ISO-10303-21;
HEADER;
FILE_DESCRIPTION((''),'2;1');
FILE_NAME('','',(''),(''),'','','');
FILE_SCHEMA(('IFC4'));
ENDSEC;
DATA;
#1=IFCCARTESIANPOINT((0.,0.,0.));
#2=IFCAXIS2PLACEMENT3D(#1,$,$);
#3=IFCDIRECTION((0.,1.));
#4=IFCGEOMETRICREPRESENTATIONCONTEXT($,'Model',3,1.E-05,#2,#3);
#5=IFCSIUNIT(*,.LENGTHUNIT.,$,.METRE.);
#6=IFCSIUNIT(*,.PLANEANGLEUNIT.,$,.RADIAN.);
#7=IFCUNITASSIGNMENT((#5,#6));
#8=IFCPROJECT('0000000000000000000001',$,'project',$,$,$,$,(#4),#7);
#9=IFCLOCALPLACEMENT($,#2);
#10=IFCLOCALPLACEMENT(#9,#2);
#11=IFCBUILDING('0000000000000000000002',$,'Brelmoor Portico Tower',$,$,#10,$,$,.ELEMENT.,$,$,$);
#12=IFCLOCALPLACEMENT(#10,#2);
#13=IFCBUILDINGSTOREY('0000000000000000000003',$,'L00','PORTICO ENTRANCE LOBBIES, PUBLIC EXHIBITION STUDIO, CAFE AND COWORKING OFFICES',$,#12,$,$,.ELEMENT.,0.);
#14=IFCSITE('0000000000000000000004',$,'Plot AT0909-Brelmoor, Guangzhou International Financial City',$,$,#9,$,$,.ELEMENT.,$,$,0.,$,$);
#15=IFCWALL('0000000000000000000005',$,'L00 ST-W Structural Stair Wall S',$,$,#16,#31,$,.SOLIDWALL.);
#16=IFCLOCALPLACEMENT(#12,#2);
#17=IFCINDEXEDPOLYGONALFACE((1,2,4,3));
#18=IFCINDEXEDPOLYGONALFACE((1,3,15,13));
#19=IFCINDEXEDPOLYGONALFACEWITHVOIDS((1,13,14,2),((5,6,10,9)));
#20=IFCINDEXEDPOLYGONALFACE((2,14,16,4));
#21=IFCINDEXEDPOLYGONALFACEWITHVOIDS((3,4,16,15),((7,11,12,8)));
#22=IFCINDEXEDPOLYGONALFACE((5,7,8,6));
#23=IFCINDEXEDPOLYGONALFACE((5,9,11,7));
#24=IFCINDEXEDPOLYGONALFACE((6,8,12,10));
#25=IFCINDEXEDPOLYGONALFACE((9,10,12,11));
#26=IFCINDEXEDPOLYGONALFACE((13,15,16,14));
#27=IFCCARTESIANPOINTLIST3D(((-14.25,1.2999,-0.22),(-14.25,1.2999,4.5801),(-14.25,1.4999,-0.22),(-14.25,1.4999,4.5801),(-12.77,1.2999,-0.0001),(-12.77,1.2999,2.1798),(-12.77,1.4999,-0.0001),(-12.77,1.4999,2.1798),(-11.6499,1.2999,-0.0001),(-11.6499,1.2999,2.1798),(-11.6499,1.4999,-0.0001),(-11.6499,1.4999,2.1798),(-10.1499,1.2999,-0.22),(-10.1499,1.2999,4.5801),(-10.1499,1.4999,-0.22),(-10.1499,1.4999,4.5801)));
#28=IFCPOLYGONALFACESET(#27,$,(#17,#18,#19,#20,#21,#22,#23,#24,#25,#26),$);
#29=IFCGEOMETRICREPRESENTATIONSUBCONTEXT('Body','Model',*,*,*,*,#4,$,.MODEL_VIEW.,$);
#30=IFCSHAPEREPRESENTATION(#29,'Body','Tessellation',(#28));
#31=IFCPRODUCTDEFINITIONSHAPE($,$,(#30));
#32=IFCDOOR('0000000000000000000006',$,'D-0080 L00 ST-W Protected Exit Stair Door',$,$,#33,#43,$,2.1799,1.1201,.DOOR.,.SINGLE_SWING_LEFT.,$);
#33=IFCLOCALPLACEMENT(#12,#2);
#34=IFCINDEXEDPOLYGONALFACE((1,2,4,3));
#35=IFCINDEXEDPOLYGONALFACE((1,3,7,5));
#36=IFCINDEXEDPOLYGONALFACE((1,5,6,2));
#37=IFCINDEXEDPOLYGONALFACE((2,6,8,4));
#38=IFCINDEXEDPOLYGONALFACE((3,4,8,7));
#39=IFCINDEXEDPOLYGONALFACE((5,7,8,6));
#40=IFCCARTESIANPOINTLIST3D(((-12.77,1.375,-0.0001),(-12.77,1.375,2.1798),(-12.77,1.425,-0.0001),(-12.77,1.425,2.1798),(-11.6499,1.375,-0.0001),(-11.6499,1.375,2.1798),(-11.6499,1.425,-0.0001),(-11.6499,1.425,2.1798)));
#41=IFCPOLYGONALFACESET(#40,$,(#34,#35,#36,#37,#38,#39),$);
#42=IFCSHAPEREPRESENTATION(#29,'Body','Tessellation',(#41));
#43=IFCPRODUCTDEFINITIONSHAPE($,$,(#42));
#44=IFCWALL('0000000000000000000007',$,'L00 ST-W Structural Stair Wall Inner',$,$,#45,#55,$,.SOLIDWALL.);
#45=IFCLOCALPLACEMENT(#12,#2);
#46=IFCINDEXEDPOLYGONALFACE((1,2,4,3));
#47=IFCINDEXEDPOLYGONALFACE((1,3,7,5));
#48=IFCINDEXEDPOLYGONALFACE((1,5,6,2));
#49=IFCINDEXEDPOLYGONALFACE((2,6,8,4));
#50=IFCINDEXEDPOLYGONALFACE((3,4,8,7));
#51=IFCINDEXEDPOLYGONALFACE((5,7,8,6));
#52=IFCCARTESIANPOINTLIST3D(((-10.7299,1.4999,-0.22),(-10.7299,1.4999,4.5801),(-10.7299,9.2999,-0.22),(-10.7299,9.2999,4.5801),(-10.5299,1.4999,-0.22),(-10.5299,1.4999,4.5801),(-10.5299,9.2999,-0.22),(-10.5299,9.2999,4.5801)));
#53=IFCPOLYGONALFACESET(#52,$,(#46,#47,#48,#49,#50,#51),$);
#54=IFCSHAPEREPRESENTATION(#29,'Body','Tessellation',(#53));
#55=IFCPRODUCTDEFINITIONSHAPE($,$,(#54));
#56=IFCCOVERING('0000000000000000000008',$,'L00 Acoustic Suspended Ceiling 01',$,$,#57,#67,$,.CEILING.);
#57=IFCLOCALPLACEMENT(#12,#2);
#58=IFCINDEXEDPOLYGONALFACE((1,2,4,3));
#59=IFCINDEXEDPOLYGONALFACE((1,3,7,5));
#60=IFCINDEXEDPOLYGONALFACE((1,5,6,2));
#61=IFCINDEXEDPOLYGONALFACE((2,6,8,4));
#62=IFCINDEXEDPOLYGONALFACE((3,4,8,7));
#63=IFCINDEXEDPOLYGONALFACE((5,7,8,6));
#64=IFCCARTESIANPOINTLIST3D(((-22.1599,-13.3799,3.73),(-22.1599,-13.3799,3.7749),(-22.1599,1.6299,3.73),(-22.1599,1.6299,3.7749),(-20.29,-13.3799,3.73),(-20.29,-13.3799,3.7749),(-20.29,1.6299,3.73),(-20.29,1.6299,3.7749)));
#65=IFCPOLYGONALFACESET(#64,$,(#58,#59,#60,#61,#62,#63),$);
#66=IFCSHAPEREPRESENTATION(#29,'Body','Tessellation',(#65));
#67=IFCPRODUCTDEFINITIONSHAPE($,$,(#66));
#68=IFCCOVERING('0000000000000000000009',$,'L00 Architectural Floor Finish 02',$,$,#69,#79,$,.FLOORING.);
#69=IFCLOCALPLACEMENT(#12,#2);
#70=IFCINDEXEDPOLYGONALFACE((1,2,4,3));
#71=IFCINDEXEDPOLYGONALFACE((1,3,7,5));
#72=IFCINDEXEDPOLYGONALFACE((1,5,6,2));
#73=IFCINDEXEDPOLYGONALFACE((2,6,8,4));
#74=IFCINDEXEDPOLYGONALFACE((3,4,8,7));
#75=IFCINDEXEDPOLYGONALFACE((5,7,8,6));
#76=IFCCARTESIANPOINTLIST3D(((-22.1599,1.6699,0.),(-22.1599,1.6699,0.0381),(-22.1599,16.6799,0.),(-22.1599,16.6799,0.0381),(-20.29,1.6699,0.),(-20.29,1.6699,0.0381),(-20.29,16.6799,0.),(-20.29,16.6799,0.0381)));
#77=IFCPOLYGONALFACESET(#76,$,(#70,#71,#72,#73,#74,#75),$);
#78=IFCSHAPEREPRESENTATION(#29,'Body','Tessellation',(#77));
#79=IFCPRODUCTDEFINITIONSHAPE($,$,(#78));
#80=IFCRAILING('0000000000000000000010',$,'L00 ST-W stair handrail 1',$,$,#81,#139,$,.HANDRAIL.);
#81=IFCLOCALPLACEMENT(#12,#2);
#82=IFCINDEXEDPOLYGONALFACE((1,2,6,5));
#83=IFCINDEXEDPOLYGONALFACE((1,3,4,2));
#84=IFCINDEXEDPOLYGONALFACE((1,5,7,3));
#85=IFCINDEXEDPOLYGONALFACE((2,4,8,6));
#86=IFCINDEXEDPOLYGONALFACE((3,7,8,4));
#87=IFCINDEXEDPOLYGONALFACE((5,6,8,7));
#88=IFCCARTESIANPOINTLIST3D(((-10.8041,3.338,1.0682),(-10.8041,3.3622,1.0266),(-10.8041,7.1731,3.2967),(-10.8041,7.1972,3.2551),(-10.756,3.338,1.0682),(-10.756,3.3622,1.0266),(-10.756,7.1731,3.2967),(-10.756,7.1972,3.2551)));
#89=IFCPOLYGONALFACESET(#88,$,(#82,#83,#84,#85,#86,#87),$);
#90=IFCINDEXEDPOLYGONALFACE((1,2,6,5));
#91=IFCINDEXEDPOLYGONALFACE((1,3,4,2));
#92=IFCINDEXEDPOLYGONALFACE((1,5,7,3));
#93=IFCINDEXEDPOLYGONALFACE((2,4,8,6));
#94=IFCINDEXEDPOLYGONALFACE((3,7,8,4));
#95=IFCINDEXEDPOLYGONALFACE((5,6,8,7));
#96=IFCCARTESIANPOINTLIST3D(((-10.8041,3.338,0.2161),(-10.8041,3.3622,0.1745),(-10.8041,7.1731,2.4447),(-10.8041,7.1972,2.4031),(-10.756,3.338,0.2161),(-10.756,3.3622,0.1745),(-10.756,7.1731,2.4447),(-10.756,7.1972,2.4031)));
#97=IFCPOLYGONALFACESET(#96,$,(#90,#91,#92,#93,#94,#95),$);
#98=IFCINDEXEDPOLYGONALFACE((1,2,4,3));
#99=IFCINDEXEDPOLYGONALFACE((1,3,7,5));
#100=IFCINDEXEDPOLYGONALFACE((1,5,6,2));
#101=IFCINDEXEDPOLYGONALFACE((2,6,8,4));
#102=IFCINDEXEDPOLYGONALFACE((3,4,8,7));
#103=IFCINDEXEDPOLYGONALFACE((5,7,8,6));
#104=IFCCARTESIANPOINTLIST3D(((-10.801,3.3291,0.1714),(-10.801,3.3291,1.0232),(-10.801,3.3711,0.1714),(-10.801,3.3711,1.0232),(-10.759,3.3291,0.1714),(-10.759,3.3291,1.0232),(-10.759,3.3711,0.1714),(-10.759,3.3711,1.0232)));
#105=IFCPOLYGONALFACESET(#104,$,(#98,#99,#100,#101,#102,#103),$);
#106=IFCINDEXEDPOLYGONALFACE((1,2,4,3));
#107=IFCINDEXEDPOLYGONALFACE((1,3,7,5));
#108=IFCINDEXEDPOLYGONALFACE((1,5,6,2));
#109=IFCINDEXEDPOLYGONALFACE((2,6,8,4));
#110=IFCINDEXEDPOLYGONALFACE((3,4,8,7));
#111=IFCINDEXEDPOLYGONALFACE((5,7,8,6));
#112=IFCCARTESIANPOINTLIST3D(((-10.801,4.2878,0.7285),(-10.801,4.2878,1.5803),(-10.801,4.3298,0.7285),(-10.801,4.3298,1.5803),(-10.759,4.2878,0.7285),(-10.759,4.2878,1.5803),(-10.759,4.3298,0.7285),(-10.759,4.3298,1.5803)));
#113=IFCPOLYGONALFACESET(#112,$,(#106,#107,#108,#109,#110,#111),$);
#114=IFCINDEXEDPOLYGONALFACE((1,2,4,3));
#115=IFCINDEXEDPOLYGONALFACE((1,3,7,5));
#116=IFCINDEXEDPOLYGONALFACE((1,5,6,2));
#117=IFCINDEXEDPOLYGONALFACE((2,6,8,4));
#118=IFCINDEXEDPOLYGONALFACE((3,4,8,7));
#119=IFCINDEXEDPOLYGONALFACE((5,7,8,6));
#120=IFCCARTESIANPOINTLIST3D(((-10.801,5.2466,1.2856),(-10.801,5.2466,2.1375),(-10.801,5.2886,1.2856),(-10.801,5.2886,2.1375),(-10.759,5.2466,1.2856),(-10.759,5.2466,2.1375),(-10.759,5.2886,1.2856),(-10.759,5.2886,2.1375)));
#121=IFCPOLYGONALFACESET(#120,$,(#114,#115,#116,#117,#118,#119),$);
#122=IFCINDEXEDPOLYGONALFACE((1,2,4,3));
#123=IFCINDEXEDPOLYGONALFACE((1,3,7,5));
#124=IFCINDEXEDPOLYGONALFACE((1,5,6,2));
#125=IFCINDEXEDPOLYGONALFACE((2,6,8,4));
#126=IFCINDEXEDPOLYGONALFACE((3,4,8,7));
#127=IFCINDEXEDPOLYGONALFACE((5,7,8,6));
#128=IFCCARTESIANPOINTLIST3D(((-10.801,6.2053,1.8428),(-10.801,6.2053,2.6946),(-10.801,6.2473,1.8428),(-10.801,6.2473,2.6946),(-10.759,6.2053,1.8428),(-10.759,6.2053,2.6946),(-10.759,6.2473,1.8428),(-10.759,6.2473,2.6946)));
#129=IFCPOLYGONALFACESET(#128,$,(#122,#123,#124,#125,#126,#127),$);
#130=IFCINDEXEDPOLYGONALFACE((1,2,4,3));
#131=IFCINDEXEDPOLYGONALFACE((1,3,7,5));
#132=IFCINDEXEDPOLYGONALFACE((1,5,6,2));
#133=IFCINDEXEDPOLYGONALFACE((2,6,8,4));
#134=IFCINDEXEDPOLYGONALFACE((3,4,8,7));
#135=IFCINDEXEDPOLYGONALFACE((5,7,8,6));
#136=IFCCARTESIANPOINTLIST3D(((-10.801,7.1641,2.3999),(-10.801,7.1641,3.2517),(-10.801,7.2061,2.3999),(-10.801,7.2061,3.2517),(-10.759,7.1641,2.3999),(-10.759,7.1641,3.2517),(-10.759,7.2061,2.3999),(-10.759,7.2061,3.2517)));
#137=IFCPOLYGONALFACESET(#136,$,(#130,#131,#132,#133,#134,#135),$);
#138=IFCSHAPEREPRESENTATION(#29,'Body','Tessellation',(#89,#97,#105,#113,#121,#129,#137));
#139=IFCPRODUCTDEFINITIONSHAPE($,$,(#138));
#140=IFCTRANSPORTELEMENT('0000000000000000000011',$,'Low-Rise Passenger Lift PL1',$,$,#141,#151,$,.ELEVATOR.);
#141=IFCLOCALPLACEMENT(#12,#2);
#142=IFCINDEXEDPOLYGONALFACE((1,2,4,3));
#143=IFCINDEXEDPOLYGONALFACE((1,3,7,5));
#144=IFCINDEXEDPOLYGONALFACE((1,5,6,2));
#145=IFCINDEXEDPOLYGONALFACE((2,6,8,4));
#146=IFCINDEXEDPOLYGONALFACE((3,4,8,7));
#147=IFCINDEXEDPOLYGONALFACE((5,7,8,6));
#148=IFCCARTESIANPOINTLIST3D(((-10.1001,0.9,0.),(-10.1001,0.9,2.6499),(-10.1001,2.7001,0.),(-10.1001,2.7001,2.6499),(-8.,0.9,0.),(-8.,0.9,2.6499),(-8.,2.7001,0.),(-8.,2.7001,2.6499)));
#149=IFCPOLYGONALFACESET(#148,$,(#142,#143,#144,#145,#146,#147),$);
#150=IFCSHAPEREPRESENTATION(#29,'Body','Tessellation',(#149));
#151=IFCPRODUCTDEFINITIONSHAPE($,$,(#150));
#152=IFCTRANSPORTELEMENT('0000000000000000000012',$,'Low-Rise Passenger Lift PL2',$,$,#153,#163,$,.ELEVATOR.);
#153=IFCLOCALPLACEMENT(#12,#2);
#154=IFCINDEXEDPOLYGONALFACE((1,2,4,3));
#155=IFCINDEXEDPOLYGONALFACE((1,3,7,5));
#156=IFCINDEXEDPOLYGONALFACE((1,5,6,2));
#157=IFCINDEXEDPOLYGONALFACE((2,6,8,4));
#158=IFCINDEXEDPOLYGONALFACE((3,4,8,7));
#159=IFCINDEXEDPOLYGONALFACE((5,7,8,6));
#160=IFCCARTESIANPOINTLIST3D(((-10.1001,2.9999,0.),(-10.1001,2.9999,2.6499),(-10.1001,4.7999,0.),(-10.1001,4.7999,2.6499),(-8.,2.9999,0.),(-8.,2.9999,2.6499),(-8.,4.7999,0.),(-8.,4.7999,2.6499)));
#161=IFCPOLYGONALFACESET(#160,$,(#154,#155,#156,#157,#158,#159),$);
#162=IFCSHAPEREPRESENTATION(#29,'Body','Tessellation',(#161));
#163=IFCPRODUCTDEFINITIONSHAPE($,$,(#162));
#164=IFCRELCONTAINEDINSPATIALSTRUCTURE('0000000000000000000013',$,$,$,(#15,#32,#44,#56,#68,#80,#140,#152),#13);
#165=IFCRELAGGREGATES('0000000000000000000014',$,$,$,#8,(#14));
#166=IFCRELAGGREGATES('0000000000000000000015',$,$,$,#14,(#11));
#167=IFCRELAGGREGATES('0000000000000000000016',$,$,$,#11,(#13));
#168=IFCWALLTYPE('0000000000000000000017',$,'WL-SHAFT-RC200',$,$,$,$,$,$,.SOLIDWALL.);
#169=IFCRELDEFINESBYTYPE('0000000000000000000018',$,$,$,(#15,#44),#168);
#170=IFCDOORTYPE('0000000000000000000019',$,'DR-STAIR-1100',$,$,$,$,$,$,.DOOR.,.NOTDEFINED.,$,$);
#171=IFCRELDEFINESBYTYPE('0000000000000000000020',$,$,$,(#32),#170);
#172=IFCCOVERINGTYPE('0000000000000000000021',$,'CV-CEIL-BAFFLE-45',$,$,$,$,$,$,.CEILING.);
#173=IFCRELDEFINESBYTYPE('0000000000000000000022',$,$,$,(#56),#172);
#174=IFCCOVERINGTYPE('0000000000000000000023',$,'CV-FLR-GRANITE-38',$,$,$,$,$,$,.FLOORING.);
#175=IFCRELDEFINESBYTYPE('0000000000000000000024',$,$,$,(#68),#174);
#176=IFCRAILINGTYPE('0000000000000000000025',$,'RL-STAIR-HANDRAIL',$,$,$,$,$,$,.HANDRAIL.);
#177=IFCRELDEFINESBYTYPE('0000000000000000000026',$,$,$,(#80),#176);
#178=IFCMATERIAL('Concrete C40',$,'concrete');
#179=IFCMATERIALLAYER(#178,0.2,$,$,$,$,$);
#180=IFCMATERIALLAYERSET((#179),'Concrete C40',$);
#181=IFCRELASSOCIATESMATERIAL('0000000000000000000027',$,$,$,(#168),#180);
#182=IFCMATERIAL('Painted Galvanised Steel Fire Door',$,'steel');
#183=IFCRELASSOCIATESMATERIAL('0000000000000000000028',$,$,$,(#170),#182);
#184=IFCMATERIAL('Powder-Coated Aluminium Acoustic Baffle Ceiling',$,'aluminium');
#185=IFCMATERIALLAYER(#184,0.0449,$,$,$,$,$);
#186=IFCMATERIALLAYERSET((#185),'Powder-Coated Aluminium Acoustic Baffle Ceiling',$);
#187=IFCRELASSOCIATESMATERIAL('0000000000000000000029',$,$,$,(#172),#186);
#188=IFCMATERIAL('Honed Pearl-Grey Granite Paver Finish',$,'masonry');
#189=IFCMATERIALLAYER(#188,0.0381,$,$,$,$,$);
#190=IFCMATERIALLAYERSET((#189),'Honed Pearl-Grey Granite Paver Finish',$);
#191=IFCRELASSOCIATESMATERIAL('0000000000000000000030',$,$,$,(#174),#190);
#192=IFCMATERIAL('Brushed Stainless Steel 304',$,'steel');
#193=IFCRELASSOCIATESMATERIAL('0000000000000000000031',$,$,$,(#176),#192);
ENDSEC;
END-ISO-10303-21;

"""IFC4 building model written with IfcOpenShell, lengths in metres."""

from ifc_helpers import new_model, si_unit, direction, frame, frame_2d, origin, origin_2d, place, context, subcontext, project, spatial, polyline, rectangle, outline, extrude, material, layer, layer_set, type_object, element, fill, save


model = new_model("IFC4")

# Units and contexts
model_context = context("Model", 3, precision=1e-05, world=origin(), true_north=direction((0.0, 1.0)))
body_context = subcontext(model_context, "Body", "Model", "MODEL_VIEW")
ifc_project = project(units=[si_unit("LENGTHUNIT", "METRE"), si_unit("PLANEANGLEUNIT", "RADIAN")], contexts=[model_context])

# Site, building, storey
site_placement = place(None, origin())
site = spatial("IfcSite", under=ifc_project, at=site_placement, Name="Plot AT0909-Brelmoor, Guangzhou International Financial City", CompositionType="ELEMENT", RefElevation=0.0)
building_placement = place(site_placement, origin())
building = spatial("IfcBuilding", under=site, at=building_placement, Name="Brelmoor Portico Tower", CompositionType="ELEMENT")
storey_placement = place(building_placement, origin())
storey = spatial("IfcBuildingStorey", under=building, at=storey_placement, Name="L00", Description="PORTICO ENTRANCE LOBBIES, PUBLIC EXHIBITION STUDIO, CAFE AND COWORKING OFFICES", CompositionType="ELEMENT", Elevation=0.0)

# Wall, opening, door
ifc_material_1 = material(Name="Concrete C40", Category="concrete")
ifc_layer_1 = layer(ifc_material_1, 0.2)
ifc_layer_set_1 = layer_set([ifc_layer_1], Name="Concrete C40")
wall_type_1 = type_object("IfcWallType", Name="WL-SHAFT-RC200", PredefinedType="SOLIDWALL", material=ifc_layer_set_1)
wall_1_placement = place(storey_placement, frame((-10.1499, 1.3999, -0.22), z_axis=(0.0, 0.0, 1.0), x_axis=(-1.0, 0.0, 0.0)))
wall_1 = element("IfcWall", 1, at=wall_1_placement, inside=storey, type_object=wall_type_1, Name="L00 ST-W Structural Stair Wall S", PredefinedType="SOLIDWALL", context=body_context, shape_type="SweptSolid", body=[
    extrude(rectangle(XDim=4.1001, YDim=0.2, at=frame_2d((2.05, 0.0))), origin(), (0.0, 0.0, 1.0), 4.8),
])
opening_1_placement = place(wall_1_placement, frame((1.5, 0.0, 0.22)))
opening_1 = element("IfcOpeningElement", 2, at=opening_1_placement, cuts=wall_1, PredefinedType="OPENING", context=body_context, shape_type="SweptSolid", body=[
    extrude(rectangle(XDim=1.1201, YDim=2.1799, at=frame_2d((0.5601, 1.0898))), frame((0.0, 0.1099, 0.0), z_axis=(0.0, -1.0, 0.0), x_axis=(1.0, 0.0, 0.0)), (0.0, 0.0, 1.0), 0.22),
])
ifc_material_2 = material(Name="Painted Galvanised Steel Fire Door", Category="steel")
door_type_1 = type_object("IfcDoorType", Name="DR-STAIR-1100", OperationType="NOTDEFINED", PredefinedType="DOOR", material=ifc_material_2)
door_1_placement = place(opening_1_placement, origin())
door_1 = element("IfcDoor", 3, at=door_1_placement, inside=storey, type_object=door_type_1, Name="D-0080 L00 ST-W Protected Exit Stair Door", OperationType="SINGLE_SWING_LEFT", OverallHeight=2.1799, OverallWidth=1.1201, PredefinedType="DOOR", context=body_context, shape_type="SweptSolid", body=[
    extrude(rectangle(XDim=1.1201, YDim=2.1799, at=frame_2d((0.5601, 1.0898))), frame((0.0, 0.0249, 0.0), z_axis=(0.0, -1.0, 0.0), x_axis=(1.0, 0.0, 0.0)), (0.0, 0.0, 1.0), 0.05),
])
fill(opening_1, door_1)

# Wall
wall_2_placement = place(storey_placement, frame((-10.6299, 1.5, -0.22), z_axis=(0.0, 0.0, 1.0), x_axis=(0.0, 1.0, 0.0)))
element("IfcWall", 4, at=wall_2_placement, inside=storey, type_object=wall_type_1, Name="L00 ST-W Structural Stair Wall Inner", PredefinedType="SOLIDWALL", context=body_context, shape_type="SweptSolid", body=[
    extrude(rectangle(XDim=7.8, YDim=0.2, at=frame_2d((3.8999, 0.0))), origin(), (0.0, 0.0, 1.0), 4.8),
])

# Coverings
ifc_material_3 = material(Name="Powder-Coated Aluminium Acoustic Baffle Ceiling", Category="aluminium")
ifc_layer_2 = layer(ifc_material_3, 0.0449)
ifc_layer_set_2 = layer_set([ifc_layer_2], Name="Powder-Coated Aluminium Acoustic Baffle Ceiling")
covering_type_1 = type_object("IfcCoveringType", Name="CV-CEIL-BAFFLE-45", PredefinedType="CEILING", material=ifc_layer_set_2)
covering_1_placement = place(storey_placement, frame((0.0, 0.0, 3.73)))
element("IfcCovering", 5, at=covering_1_placement, inside=storey, type_object=covering_type_1, Name="L00 Acoustic Suspended Ceiling 01", PredefinedType="CEILING", context=body_context, shape_type="SweptSolid", body=[
    extrude(outline(polyline([(-22.1599, -13.3799), (-22.1599, 1.6299), (-20.29, 1.6299), (-20.29, -13.3799), (-22.1599, -13.3799)])), origin(), (0.0, 0.0, 1.0), 0.0449),
])
ifc_material_4 = material(Name="Honed Pearl-Grey Granite Paver Finish", Category="masonry")
ifc_layer_3 = layer(ifc_material_4, 0.0381)
ifc_layer_set_3 = layer_set([ifc_layer_3], Name="Honed Pearl-Grey Granite Paver Finish")
covering_type_2 = type_object("IfcCoveringType", Name="CV-FLR-GRANITE-38", PredefinedType="FLOORING", material=ifc_layer_set_3)
covering_2_placement = place(storey_placement, origin())
element("IfcCovering", 6, at=covering_2_placement, inside=storey, type_object=covering_type_2, Name="L00 Architectural Floor Finish 02", PredefinedType="FLOORING", context=body_context, shape_type="SweptSolid", body=[
    extrude(outline(polyline([(-22.1599, 1.6699), (-22.1599, 16.6799), (-20.29, 16.6799), (-20.29, 1.6699), (-22.1599, 1.6699)])), origin(), (0.0, 0.0, 1.0), 0.0381),
])

# Railing
ifc_material_5 = material(Name="Brushed Stainless Steel 304", Category="steel")
railing_type = type_object("IfcRailingType", Name="RL-STAIR-HANDRAIL", PredefinedType="HANDRAIL", material=ifc_material_5)
railing_placement = place(storey_placement, frame((-10.78, 3.3501, 0.1714)))
element("IfcRailing", 7, at=railing_placement, inside=storey, type_object=railing_type, Name="L00 ST-W stair handrail 1", PredefinedType="HANDRAIL", context=body_context, shape_type="SweptSolid", body=[
    extrude(rectangle(XDim=0.0481, YDim=0.0481, at=origin_2d()), frame((0.0, 0.0, 0.876), z_axis=(0.0, 0.864616, 0.502433), x_axis=(-1.0, 0.0, 0.0)), (0.0, 0.0, 1.0), 4.4355),
    extrude(rectangle(XDim=0.0481, YDim=0.0481, at=origin_2d()), frame((0.0, 0.0, 0.0239), z_axis=(0.0, 0.864616, 0.502433), x_axis=(-1.0, 0.0, 0.0)), (0.0, 0.0, 1.0), 4.4355),
    extrude(rectangle(XDim=0.042, YDim=0.042, at=origin_2d()), origin(), (0.0, 0.0, 1.0), 0.8518),
    extrude(rectangle(XDim=0.042, YDim=0.042, at=origin_2d()), frame((0.0, 0.9587, 0.5571)), (0.0, 0.0, 1.0), 0.8518),
    extrude(rectangle(XDim=0.042, YDim=0.042, at=origin_2d()), frame((0.0, 1.9175, 1.1143)), (0.0, 0.0, 1.0), 0.8518),
    extrude(rectangle(XDim=0.042, YDim=0.042, at=origin_2d()), frame((0.0, 2.8762, 1.6714)), (0.0, 0.0, 1.0), 0.8518),
    extrude(rectangle(XDim=0.042, YDim=0.042, at=origin_2d()), frame((0.0, 3.835, 2.2285)), (0.0, 0.0, 1.0), 0.8518),
])

# Transport elements
for number, where, z_axis, x_axis, name in (
    (8, (-9.05, 1.8, 0.0), (0.0, 0.0, 1.0), (0.0, 1.0, 0.0), "Low-Rise Passenger Lift PL1"),
    (9, (-9.05, 3.8999, 0.0), (0.0, 0.0, 1.0), (0.0, 1.0, 0.0), "Low-Rise Passenger Lift PL2"),
):
    element("IfcTransportElement", number, at=place(storey_placement, frame(where, z_axis=z_axis, x_axis=x_axis)), inside=storey, Name=name, PredefinedType="ELEVATOR", context=body_context, shape_type="SweptSolid", body=[
        extrude(rectangle(XDim=1.8, YDim=2.1001, at=origin_2d()), origin(), (0.0, 0.0, 1.0), 2.6499),
    ])

save(model, "model.ifc")
